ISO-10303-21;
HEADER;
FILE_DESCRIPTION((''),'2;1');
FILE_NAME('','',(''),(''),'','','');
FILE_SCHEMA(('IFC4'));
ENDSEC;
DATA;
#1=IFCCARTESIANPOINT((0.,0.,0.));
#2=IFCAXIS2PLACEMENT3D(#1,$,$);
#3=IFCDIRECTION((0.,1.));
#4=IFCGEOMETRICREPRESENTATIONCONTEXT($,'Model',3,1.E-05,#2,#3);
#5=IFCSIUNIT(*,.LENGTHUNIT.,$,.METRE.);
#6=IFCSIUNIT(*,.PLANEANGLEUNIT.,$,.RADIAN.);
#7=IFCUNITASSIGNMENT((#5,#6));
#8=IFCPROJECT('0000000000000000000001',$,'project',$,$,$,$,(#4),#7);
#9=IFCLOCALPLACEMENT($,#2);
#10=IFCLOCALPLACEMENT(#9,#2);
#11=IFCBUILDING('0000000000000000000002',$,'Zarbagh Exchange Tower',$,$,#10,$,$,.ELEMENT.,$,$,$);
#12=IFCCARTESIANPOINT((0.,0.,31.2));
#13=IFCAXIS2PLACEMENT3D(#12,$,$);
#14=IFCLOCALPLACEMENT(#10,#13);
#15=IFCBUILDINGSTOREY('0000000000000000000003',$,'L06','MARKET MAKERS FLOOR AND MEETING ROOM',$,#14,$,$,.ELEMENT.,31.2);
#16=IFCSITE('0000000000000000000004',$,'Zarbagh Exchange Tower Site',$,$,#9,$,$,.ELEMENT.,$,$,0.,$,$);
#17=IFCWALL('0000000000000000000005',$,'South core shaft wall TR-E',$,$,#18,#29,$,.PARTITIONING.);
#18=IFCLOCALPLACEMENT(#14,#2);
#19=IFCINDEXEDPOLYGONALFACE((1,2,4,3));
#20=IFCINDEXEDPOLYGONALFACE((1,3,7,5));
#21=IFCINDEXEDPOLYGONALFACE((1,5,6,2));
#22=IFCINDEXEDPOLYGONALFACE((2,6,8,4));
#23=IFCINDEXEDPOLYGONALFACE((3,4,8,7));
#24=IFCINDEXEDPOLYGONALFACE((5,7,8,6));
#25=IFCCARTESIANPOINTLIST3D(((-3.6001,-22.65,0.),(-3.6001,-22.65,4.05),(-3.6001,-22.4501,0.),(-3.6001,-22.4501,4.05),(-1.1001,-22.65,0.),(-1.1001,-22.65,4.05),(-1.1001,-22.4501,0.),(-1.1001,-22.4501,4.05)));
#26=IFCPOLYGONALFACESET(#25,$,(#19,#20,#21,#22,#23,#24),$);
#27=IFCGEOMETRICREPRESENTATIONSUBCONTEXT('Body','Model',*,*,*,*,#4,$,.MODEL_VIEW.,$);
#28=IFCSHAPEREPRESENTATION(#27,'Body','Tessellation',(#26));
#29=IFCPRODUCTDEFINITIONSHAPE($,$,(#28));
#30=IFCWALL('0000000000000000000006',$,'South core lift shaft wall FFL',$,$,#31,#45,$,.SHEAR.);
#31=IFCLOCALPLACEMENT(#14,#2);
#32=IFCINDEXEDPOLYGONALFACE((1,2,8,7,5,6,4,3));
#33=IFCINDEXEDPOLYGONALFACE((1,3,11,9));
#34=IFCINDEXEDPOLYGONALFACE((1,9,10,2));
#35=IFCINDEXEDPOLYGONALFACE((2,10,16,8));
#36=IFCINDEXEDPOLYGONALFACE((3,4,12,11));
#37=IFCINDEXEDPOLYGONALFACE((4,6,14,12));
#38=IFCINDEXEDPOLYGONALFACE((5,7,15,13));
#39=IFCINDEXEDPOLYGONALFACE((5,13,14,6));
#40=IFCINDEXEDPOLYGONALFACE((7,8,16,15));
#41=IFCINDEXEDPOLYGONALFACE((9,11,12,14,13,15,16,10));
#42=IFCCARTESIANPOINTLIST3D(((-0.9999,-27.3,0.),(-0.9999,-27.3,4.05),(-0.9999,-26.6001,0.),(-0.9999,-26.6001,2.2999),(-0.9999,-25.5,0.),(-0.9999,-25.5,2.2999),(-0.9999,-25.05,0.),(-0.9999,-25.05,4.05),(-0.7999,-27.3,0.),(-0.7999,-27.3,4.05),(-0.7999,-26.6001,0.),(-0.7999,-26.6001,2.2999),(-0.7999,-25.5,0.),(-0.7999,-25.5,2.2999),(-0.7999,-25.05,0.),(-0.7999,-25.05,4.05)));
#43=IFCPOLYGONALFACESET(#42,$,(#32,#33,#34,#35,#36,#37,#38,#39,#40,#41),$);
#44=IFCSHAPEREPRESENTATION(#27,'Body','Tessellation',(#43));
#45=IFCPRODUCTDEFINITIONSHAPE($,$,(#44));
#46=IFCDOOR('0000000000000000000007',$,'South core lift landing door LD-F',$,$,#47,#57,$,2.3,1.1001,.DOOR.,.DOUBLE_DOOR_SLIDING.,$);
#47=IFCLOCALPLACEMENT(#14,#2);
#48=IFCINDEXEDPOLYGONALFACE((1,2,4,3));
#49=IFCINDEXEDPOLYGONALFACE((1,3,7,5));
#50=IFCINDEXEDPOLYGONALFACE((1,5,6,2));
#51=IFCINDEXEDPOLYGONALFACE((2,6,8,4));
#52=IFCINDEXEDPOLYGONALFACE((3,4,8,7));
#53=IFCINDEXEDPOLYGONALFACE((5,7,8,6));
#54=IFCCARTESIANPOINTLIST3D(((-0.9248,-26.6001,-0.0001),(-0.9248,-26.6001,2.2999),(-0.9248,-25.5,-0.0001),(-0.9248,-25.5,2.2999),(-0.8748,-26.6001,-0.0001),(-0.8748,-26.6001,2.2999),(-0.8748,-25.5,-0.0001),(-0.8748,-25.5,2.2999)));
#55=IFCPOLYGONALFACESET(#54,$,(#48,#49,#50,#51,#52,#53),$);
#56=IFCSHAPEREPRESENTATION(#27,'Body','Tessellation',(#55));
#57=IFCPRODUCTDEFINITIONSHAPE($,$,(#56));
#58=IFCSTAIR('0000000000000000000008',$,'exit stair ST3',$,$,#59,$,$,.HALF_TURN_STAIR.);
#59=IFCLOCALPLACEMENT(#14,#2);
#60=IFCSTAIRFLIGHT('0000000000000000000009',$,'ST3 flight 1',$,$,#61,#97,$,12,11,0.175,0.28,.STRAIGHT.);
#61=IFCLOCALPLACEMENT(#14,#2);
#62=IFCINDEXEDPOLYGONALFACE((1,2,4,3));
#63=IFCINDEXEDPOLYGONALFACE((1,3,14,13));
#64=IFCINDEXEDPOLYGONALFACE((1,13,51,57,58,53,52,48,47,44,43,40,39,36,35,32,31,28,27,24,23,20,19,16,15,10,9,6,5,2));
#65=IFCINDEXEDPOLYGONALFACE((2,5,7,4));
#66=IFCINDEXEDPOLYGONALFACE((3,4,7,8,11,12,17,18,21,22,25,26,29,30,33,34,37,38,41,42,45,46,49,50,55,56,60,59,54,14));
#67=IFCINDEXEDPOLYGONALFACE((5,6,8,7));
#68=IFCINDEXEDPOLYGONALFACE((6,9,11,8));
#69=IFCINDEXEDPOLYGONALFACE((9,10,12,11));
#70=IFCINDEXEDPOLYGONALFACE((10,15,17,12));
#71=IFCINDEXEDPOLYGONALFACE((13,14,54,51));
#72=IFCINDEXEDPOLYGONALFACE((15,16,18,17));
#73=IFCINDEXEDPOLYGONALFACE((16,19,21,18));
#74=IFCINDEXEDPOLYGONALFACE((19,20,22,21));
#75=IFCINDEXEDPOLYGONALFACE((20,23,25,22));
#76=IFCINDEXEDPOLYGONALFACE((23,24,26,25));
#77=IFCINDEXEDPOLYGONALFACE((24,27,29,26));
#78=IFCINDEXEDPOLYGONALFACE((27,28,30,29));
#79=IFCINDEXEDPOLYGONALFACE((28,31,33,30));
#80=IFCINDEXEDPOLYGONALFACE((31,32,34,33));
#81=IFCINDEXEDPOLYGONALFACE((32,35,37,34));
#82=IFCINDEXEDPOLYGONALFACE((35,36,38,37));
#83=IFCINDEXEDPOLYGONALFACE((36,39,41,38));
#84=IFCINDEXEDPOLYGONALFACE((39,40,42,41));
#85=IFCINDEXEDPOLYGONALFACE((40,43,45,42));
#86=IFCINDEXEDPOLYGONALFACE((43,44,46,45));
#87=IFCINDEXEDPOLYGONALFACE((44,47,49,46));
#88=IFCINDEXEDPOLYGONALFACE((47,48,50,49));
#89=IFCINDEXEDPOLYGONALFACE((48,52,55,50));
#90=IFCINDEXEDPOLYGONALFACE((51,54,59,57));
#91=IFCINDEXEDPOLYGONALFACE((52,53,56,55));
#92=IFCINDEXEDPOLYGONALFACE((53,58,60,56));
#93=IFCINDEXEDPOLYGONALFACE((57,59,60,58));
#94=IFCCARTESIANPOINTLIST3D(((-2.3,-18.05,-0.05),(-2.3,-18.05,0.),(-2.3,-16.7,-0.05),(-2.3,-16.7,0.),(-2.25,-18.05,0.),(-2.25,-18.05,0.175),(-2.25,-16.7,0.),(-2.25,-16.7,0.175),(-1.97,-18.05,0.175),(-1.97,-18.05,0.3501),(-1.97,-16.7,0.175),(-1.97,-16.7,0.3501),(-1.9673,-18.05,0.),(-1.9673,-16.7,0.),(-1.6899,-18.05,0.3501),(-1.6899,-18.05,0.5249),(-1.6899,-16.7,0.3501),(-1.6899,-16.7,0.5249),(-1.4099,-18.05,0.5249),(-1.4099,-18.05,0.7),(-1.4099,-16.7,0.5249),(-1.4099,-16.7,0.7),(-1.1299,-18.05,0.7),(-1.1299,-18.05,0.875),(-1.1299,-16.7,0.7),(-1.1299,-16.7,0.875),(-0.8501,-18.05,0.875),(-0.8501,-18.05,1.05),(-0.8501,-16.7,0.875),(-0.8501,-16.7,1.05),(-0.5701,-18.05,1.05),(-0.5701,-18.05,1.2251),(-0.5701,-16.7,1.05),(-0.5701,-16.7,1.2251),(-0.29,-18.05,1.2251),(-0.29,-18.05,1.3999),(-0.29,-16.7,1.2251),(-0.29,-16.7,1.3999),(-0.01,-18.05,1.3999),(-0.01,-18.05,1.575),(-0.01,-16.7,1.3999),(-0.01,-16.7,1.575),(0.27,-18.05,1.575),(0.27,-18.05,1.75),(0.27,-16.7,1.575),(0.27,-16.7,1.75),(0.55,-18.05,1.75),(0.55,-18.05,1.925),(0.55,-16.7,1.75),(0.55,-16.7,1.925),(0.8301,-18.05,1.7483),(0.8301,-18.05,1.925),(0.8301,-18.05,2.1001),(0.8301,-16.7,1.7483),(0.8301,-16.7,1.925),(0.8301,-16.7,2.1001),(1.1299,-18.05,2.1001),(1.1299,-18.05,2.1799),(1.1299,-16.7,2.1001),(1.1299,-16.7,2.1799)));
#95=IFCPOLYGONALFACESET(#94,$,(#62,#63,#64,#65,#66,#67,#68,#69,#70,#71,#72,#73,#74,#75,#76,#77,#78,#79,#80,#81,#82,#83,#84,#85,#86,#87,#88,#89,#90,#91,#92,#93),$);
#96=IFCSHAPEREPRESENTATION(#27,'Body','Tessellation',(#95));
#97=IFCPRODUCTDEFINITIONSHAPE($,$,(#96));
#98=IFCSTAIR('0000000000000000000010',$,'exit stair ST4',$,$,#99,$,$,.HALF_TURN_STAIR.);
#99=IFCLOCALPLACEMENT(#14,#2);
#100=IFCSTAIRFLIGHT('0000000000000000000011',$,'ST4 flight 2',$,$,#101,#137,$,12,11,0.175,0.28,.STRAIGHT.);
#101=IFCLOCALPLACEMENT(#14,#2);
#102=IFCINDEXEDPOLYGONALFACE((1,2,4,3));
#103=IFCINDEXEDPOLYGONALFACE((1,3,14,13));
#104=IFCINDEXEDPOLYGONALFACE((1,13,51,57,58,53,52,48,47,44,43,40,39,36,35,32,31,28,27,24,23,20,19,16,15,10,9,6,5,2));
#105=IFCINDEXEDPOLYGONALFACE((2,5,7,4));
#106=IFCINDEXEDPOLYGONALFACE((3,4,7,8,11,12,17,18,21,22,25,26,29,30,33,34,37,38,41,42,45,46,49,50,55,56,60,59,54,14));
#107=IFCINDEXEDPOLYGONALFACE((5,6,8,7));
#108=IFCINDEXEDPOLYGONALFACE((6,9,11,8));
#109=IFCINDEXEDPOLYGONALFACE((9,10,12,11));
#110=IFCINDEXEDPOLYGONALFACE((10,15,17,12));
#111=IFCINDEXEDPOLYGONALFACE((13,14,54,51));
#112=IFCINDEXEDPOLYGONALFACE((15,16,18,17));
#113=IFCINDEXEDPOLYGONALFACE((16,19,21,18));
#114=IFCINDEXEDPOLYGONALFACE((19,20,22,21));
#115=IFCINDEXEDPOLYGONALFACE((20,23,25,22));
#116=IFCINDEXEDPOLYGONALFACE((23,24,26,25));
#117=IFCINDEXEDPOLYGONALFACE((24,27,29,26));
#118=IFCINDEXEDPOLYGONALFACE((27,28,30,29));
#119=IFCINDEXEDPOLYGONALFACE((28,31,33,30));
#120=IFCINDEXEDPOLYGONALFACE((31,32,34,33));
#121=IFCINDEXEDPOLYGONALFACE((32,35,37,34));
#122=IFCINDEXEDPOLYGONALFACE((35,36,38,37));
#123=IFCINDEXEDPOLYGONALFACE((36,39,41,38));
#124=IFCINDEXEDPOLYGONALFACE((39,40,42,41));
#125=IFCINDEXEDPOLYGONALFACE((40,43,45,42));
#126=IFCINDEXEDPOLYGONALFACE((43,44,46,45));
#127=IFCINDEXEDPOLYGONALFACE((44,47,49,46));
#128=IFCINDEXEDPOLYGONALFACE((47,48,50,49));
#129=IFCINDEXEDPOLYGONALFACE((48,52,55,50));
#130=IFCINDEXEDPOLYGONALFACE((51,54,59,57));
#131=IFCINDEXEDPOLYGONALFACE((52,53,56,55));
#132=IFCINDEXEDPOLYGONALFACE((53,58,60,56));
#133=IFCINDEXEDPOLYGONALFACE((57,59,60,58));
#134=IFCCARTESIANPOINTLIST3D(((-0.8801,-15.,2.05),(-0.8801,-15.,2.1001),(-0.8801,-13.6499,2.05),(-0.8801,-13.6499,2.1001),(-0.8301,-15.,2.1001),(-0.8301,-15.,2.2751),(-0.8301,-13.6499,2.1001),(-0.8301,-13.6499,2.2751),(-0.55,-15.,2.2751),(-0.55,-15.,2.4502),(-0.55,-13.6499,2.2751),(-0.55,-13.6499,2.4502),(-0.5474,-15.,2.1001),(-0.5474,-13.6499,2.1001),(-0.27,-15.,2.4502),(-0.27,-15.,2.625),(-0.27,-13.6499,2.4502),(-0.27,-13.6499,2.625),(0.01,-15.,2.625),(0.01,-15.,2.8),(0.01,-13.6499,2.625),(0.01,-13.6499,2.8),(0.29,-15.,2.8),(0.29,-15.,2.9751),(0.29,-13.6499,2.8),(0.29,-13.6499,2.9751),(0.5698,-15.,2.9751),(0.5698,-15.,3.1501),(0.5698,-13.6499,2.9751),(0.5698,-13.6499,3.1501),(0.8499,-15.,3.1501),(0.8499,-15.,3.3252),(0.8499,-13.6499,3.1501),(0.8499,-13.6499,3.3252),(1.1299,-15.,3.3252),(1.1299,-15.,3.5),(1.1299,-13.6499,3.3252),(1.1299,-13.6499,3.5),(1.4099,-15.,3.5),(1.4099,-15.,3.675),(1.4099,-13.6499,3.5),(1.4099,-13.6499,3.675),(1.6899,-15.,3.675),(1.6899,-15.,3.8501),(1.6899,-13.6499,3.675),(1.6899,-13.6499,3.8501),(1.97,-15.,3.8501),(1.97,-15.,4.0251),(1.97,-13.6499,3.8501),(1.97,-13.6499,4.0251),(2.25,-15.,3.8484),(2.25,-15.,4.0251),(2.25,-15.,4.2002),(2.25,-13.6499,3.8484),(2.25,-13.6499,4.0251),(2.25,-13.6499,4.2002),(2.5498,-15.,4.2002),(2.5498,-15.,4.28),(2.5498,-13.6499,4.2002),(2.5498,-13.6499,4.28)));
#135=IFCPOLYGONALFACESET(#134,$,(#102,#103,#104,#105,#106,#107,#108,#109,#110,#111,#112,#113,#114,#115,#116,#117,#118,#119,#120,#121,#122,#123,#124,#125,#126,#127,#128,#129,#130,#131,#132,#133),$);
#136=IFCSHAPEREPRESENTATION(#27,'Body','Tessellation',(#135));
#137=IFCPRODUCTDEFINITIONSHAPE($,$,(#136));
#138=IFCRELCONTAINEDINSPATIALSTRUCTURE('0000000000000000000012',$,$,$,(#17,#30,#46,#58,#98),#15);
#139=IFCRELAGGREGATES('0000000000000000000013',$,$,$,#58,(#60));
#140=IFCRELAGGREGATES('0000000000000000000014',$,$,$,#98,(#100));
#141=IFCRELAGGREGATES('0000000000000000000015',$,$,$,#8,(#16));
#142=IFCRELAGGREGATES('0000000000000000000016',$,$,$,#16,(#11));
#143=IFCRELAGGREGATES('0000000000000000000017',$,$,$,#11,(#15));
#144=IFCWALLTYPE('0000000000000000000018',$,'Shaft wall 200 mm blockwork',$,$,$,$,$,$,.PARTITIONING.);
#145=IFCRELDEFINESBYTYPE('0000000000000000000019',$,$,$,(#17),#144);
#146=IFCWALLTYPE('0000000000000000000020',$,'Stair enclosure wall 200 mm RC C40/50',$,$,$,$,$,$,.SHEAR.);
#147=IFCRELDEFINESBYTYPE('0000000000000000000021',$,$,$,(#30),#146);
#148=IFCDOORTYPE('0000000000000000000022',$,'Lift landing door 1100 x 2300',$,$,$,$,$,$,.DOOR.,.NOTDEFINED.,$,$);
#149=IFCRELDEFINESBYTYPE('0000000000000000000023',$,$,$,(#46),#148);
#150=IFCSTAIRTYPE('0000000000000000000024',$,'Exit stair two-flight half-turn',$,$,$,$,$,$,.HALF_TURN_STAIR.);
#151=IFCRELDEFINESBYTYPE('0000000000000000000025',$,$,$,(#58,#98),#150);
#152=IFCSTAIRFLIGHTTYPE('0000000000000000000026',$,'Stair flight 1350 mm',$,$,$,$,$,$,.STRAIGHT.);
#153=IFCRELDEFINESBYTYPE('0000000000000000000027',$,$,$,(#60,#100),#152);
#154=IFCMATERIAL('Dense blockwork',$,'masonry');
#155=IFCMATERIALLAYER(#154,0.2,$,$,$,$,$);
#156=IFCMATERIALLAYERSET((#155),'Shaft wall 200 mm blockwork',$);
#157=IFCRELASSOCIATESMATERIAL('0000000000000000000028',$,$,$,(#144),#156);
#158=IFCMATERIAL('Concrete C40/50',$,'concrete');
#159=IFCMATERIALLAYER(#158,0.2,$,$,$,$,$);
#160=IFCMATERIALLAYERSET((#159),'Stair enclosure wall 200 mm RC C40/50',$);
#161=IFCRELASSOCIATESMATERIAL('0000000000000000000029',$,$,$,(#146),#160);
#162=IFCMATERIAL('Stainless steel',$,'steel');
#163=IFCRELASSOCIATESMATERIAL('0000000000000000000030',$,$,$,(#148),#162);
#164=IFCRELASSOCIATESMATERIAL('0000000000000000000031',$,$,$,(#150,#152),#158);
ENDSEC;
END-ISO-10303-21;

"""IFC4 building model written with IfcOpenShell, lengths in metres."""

from ifc_helpers import new_model, si_unit, direction, frame, frame_2d, origin, place, context, subcontext, project, spatial, polyline, rectangle, outline, extrude, material, layer, layer_set, type_object, element, fill, aggregate, save


model = new_model("IFC4")

# Units and contexts
model_context = context("Model", 3, precision=1e-05, world=origin(), true_north=direction((0.0, 1.0)))
body_context = subcontext(model_context, "Body", "Model", "MODEL_VIEW")
ifc_project = project(units=[si_unit("LENGTHUNIT", "METRE"), si_unit("PLANEANGLEUNIT", "RADIAN")], contexts=[model_context])

# Site, building, storey
site_placement = place(None, origin())
site = spatial("IfcSite", under=ifc_project, at=site_placement, Name="Zarbagh Exchange Tower Site", CompositionType="ELEMENT", RefElevation=0.0)
building_placement = place(site_placement, origin())
building = spatial("IfcBuilding", under=site, at=building_placement, Name="Zarbagh Exchange Tower", CompositionType="ELEMENT")
storey_placement = place(building_placement, frame((0.0, 0.0, 31.2)))
storey = spatial("IfcBuildingStorey", under=building, at=storey_placement, Name="L06", Description="MARKET MAKERS FLOOR AND MEETING ROOM", CompositionType="ELEMENT", Elevation=31.2)

# Shared definitions
ifc_material_1 = material(Name="Concrete C40/50", Category="concrete")

# Wall
ifc_material_2 = material(Name="Dense blockwork", Category="masonry")
ifc_layer_1 = layer(ifc_material_2, 0.2)
ifc_layer_set_1 = layer_set([ifc_layer_1], Name="Shaft wall 200 mm blockwork")
wall_type_1 = type_object("IfcWallType", Name="Shaft wall 200 mm blockwork", PredefinedType="PARTITIONING", material=ifc_layer_set_1)
wall_1_placement = place(storey_placement, frame((-1.1001, -22.55, 0.0), z_axis=(0.0, 0.0, 1.0), x_axis=(-1.0, 0.0, 0.0)))
element("IfcWall", 1, at=wall_1_placement, inside=storey, type_object=wall_type_1, Name="South core shaft wall TR-E", PredefinedType="PARTITIONING", context=body_context, shape_type="SweptSolid", body=[
    extrude(rectangle(XDim=2.5, YDim=0.2, at=frame_2d((1.25, 0.0))), origin(), (0.0, 0.0, 1.0), 4.05),
])

# Wall, opening, door
ifc_layer_2 = layer(ifc_material_1, 0.2)
ifc_layer_set_2 = layer_set([ifc_layer_2], Name="Stair enclosure wall 200 mm RC C40/50")
wall_type_2 = type_object("IfcWallType", Name="Stair enclosure wall 200 mm RC C40/50", PredefinedType="SHEAR", material=ifc_layer_set_2)
wall_2_placement = place(storey_placement, frame((-0.8999, -27.3, 0.0), z_axis=(0.0, 0.0, 1.0), x_axis=(0.0, 1.0, 0.0)))
wall_2 = element("IfcWall", 2, at=wall_2_placement, inside=storey, type_object=wall_type_2, Name="South core lift shaft wall FFL", PredefinedType="SHEAR", context=body_context, shape_type="SweptSolid", body=[
    extrude(rectangle(XDim=2.25, YDim=0.2, at=frame_2d((1.125, 0.0))), origin(), (0.0, 0.0, 1.0), 4.05),
])
opening_1_placement = place(wall_2_placement, frame((0.7, 0.0, 0.0)))
opening_1 = element("IfcOpeningElement", 3, at=opening_1_placement, cuts=wall_2, PredefinedType="OPENING", context=body_context, shape_type="SweptSolid", body=[
    extrude(rectangle(XDim=1.1001, YDim=2.3, at=frame_2d((0.55, 1.1499))), frame((0.0, 0.1099, 0.0), z_axis=(0.0, -1.0, 0.0), x_axis=(1.0, 0.0, 0.0)), (0.0, 0.0, 1.0), 0.22),
])
ifc_material_3 = material(Name="Stainless steel", Category="steel")
door_type_1 = type_object("IfcDoorType", Name="Lift landing door 1100 x 2300", OperationType="NOTDEFINED", PredefinedType="DOOR", material=ifc_material_3)
door_1_placement = place(opening_1_placement, origin())
door_1 = element("IfcDoor", 4, at=door_1_placement, inside=storey, type_object=door_type_1, Name="South core lift landing door LD-F", OperationType="DOUBLE_DOOR_SLIDING", OverallHeight=2.3, OverallWidth=1.1001, PredefinedType="DOOR", context=body_context, shape_type="SweptSolid", body=[
    extrude(rectangle(XDim=1.1001, YDim=2.3, at=frame_2d((0.55, 1.1499))), frame((0.0, 0.0249, 0.0), z_axis=(0.0, -1.0, 0.0), x_axis=(1.0, 0.0, 0.0)), (0.0, 0.0, 1.0), 0.05),
])
fill(opening_1, door_1)

# Stairs, stair flights
stair_type = type_object("IfcStairType", Name="Exit stair two-flight half-turn", PredefinedType="HALF_TURN_STAIR", material=ifc_material_1)
stair_1_placement = place(storey_placement, origin())
stair_1 = element("IfcStair", 5, at=stair_1_placement, inside=storey, type_object=stair_type, Name="exit stair ST3", PredefinedType="HALF_TURN_STAIR")
stair_flight_type = type_object("IfcStairFlightType", Name="Stair flight 1350 mm", PredefinedType="STRAIGHT", material=ifc_material_1)
stair_flight_1_placement = place(storey_placement, frame((-2.25, -17.375, 0.0), z_axis=(0.0, 0.0, 1.0), x_axis=(1.0, 0.0, 0.0)))
stair_flight_1 = element("IfcStairFlight", 6, at=stair_flight_1_placement, type_object=stair_flight_type, Name="ST3 flight 1", NumberOfRisers=12, NumberOfTreads=11, PredefinedType="STRAIGHT", RiserHeight=0.175, TreadLength=0.28, context=body_context, shape_type="SweptSolid", body=[
    extrude(outline(polyline([(-0.05, -0.05), (-0.05, 0.0), (0.0, 0.0), (0.0, 0.175), (0.28, 0.175), (0.28, 0.3501), (0.5601, 0.3501), (0.5601, 0.5249), (0.8401, 0.5249), (0.8401, 0.7), (1.1201, 0.7), (1.1201, 0.875), (1.3999, 0.875), (1.3999, 1.05), (1.6799, 1.05), (1.6799, 1.2251), (1.96, 1.2251), (1.96, 1.3999), (2.24, 1.3999), (2.24, 1.575), (2.52, 1.575), (2.52, 1.75), (2.8, 1.75), (2.8, 1.925), (3.0801, 1.925), (3.0801, 2.1001), (3.3799, 2.1799), (3.3799, 2.1001), (3.0801, 1.7483), (0.2827, 0.0), (-0.05, -0.05)])), frame((0.0, 0.675, 0.0), z_axis=(0.0, -1.0, 0.0), x_axis=(1.0, 0.0, 0.0)), (0.0, 0.0, 1.0), 1.3501),
])
aggregate(stair_1, [stair_flight_1])
stair_2_placement = place(storey_placement, origin())
stair_2 = element("IfcStair", 7, at=stair_2_placement, inside=storey, type_object=stair_type, Name="exit stair ST4", PredefinedType="HALF_TURN_STAIR")
stair_flight_2_placement = place(storey_placement, frame((-0.8301, -14.325, 2.1001), z_axis=(0.0, 0.0, 1.0), x_axis=(1.0, 0.0, 0.0)))
stair_flight_2 = element("IfcStairFlight", 8, at=stair_flight_2_placement, type_object=stair_flight_type, Name="ST4 flight 2", NumberOfRisers=12, NumberOfTreads=11, PredefinedType="STRAIGHT", RiserHeight=0.175, TreadLength=0.28, context=body_context, shape_type="SweptSolid", body=[
    extrude(outline(polyline([(-0.05, -0.05), (-0.05, 0.0), (0.0, 0.0), (0.0, 0.175), (0.28, 0.175), (0.28, 0.3501), (0.5601, 0.3501), (0.5601, 0.5249), (0.8401, 0.5249), (0.8401, 0.7), (1.1201, 0.7), (1.1201, 0.875), (1.3999, 0.875), (1.3999, 1.05), (1.6799, 1.05), (1.6799, 1.2251), (1.96, 1.2251), (1.96, 1.3999), (2.24, 1.3999), (2.24, 1.575), (2.52, 1.575), (2.52, 1.75), (2.8, 1.75), (2.8, 1.925), (3.0801, 1.925), (3.0801, 2.1001), (3.3799, 2.1799), (3.3799, 2.1001), (3.0801, 1.7483), (0.2827, 0.0), (-0.05, -0.05)])), frame((0.0, 0.675, 0.0), z_axis=(0.0, -1.0, 0.0), x_axis=(1.0, 0.0, 0.0)), (0.0, 0.0, 1.0), 1.3501),
])
aggregate(stair_2, [stair_flight_2])

save(model, "model.ifc")
